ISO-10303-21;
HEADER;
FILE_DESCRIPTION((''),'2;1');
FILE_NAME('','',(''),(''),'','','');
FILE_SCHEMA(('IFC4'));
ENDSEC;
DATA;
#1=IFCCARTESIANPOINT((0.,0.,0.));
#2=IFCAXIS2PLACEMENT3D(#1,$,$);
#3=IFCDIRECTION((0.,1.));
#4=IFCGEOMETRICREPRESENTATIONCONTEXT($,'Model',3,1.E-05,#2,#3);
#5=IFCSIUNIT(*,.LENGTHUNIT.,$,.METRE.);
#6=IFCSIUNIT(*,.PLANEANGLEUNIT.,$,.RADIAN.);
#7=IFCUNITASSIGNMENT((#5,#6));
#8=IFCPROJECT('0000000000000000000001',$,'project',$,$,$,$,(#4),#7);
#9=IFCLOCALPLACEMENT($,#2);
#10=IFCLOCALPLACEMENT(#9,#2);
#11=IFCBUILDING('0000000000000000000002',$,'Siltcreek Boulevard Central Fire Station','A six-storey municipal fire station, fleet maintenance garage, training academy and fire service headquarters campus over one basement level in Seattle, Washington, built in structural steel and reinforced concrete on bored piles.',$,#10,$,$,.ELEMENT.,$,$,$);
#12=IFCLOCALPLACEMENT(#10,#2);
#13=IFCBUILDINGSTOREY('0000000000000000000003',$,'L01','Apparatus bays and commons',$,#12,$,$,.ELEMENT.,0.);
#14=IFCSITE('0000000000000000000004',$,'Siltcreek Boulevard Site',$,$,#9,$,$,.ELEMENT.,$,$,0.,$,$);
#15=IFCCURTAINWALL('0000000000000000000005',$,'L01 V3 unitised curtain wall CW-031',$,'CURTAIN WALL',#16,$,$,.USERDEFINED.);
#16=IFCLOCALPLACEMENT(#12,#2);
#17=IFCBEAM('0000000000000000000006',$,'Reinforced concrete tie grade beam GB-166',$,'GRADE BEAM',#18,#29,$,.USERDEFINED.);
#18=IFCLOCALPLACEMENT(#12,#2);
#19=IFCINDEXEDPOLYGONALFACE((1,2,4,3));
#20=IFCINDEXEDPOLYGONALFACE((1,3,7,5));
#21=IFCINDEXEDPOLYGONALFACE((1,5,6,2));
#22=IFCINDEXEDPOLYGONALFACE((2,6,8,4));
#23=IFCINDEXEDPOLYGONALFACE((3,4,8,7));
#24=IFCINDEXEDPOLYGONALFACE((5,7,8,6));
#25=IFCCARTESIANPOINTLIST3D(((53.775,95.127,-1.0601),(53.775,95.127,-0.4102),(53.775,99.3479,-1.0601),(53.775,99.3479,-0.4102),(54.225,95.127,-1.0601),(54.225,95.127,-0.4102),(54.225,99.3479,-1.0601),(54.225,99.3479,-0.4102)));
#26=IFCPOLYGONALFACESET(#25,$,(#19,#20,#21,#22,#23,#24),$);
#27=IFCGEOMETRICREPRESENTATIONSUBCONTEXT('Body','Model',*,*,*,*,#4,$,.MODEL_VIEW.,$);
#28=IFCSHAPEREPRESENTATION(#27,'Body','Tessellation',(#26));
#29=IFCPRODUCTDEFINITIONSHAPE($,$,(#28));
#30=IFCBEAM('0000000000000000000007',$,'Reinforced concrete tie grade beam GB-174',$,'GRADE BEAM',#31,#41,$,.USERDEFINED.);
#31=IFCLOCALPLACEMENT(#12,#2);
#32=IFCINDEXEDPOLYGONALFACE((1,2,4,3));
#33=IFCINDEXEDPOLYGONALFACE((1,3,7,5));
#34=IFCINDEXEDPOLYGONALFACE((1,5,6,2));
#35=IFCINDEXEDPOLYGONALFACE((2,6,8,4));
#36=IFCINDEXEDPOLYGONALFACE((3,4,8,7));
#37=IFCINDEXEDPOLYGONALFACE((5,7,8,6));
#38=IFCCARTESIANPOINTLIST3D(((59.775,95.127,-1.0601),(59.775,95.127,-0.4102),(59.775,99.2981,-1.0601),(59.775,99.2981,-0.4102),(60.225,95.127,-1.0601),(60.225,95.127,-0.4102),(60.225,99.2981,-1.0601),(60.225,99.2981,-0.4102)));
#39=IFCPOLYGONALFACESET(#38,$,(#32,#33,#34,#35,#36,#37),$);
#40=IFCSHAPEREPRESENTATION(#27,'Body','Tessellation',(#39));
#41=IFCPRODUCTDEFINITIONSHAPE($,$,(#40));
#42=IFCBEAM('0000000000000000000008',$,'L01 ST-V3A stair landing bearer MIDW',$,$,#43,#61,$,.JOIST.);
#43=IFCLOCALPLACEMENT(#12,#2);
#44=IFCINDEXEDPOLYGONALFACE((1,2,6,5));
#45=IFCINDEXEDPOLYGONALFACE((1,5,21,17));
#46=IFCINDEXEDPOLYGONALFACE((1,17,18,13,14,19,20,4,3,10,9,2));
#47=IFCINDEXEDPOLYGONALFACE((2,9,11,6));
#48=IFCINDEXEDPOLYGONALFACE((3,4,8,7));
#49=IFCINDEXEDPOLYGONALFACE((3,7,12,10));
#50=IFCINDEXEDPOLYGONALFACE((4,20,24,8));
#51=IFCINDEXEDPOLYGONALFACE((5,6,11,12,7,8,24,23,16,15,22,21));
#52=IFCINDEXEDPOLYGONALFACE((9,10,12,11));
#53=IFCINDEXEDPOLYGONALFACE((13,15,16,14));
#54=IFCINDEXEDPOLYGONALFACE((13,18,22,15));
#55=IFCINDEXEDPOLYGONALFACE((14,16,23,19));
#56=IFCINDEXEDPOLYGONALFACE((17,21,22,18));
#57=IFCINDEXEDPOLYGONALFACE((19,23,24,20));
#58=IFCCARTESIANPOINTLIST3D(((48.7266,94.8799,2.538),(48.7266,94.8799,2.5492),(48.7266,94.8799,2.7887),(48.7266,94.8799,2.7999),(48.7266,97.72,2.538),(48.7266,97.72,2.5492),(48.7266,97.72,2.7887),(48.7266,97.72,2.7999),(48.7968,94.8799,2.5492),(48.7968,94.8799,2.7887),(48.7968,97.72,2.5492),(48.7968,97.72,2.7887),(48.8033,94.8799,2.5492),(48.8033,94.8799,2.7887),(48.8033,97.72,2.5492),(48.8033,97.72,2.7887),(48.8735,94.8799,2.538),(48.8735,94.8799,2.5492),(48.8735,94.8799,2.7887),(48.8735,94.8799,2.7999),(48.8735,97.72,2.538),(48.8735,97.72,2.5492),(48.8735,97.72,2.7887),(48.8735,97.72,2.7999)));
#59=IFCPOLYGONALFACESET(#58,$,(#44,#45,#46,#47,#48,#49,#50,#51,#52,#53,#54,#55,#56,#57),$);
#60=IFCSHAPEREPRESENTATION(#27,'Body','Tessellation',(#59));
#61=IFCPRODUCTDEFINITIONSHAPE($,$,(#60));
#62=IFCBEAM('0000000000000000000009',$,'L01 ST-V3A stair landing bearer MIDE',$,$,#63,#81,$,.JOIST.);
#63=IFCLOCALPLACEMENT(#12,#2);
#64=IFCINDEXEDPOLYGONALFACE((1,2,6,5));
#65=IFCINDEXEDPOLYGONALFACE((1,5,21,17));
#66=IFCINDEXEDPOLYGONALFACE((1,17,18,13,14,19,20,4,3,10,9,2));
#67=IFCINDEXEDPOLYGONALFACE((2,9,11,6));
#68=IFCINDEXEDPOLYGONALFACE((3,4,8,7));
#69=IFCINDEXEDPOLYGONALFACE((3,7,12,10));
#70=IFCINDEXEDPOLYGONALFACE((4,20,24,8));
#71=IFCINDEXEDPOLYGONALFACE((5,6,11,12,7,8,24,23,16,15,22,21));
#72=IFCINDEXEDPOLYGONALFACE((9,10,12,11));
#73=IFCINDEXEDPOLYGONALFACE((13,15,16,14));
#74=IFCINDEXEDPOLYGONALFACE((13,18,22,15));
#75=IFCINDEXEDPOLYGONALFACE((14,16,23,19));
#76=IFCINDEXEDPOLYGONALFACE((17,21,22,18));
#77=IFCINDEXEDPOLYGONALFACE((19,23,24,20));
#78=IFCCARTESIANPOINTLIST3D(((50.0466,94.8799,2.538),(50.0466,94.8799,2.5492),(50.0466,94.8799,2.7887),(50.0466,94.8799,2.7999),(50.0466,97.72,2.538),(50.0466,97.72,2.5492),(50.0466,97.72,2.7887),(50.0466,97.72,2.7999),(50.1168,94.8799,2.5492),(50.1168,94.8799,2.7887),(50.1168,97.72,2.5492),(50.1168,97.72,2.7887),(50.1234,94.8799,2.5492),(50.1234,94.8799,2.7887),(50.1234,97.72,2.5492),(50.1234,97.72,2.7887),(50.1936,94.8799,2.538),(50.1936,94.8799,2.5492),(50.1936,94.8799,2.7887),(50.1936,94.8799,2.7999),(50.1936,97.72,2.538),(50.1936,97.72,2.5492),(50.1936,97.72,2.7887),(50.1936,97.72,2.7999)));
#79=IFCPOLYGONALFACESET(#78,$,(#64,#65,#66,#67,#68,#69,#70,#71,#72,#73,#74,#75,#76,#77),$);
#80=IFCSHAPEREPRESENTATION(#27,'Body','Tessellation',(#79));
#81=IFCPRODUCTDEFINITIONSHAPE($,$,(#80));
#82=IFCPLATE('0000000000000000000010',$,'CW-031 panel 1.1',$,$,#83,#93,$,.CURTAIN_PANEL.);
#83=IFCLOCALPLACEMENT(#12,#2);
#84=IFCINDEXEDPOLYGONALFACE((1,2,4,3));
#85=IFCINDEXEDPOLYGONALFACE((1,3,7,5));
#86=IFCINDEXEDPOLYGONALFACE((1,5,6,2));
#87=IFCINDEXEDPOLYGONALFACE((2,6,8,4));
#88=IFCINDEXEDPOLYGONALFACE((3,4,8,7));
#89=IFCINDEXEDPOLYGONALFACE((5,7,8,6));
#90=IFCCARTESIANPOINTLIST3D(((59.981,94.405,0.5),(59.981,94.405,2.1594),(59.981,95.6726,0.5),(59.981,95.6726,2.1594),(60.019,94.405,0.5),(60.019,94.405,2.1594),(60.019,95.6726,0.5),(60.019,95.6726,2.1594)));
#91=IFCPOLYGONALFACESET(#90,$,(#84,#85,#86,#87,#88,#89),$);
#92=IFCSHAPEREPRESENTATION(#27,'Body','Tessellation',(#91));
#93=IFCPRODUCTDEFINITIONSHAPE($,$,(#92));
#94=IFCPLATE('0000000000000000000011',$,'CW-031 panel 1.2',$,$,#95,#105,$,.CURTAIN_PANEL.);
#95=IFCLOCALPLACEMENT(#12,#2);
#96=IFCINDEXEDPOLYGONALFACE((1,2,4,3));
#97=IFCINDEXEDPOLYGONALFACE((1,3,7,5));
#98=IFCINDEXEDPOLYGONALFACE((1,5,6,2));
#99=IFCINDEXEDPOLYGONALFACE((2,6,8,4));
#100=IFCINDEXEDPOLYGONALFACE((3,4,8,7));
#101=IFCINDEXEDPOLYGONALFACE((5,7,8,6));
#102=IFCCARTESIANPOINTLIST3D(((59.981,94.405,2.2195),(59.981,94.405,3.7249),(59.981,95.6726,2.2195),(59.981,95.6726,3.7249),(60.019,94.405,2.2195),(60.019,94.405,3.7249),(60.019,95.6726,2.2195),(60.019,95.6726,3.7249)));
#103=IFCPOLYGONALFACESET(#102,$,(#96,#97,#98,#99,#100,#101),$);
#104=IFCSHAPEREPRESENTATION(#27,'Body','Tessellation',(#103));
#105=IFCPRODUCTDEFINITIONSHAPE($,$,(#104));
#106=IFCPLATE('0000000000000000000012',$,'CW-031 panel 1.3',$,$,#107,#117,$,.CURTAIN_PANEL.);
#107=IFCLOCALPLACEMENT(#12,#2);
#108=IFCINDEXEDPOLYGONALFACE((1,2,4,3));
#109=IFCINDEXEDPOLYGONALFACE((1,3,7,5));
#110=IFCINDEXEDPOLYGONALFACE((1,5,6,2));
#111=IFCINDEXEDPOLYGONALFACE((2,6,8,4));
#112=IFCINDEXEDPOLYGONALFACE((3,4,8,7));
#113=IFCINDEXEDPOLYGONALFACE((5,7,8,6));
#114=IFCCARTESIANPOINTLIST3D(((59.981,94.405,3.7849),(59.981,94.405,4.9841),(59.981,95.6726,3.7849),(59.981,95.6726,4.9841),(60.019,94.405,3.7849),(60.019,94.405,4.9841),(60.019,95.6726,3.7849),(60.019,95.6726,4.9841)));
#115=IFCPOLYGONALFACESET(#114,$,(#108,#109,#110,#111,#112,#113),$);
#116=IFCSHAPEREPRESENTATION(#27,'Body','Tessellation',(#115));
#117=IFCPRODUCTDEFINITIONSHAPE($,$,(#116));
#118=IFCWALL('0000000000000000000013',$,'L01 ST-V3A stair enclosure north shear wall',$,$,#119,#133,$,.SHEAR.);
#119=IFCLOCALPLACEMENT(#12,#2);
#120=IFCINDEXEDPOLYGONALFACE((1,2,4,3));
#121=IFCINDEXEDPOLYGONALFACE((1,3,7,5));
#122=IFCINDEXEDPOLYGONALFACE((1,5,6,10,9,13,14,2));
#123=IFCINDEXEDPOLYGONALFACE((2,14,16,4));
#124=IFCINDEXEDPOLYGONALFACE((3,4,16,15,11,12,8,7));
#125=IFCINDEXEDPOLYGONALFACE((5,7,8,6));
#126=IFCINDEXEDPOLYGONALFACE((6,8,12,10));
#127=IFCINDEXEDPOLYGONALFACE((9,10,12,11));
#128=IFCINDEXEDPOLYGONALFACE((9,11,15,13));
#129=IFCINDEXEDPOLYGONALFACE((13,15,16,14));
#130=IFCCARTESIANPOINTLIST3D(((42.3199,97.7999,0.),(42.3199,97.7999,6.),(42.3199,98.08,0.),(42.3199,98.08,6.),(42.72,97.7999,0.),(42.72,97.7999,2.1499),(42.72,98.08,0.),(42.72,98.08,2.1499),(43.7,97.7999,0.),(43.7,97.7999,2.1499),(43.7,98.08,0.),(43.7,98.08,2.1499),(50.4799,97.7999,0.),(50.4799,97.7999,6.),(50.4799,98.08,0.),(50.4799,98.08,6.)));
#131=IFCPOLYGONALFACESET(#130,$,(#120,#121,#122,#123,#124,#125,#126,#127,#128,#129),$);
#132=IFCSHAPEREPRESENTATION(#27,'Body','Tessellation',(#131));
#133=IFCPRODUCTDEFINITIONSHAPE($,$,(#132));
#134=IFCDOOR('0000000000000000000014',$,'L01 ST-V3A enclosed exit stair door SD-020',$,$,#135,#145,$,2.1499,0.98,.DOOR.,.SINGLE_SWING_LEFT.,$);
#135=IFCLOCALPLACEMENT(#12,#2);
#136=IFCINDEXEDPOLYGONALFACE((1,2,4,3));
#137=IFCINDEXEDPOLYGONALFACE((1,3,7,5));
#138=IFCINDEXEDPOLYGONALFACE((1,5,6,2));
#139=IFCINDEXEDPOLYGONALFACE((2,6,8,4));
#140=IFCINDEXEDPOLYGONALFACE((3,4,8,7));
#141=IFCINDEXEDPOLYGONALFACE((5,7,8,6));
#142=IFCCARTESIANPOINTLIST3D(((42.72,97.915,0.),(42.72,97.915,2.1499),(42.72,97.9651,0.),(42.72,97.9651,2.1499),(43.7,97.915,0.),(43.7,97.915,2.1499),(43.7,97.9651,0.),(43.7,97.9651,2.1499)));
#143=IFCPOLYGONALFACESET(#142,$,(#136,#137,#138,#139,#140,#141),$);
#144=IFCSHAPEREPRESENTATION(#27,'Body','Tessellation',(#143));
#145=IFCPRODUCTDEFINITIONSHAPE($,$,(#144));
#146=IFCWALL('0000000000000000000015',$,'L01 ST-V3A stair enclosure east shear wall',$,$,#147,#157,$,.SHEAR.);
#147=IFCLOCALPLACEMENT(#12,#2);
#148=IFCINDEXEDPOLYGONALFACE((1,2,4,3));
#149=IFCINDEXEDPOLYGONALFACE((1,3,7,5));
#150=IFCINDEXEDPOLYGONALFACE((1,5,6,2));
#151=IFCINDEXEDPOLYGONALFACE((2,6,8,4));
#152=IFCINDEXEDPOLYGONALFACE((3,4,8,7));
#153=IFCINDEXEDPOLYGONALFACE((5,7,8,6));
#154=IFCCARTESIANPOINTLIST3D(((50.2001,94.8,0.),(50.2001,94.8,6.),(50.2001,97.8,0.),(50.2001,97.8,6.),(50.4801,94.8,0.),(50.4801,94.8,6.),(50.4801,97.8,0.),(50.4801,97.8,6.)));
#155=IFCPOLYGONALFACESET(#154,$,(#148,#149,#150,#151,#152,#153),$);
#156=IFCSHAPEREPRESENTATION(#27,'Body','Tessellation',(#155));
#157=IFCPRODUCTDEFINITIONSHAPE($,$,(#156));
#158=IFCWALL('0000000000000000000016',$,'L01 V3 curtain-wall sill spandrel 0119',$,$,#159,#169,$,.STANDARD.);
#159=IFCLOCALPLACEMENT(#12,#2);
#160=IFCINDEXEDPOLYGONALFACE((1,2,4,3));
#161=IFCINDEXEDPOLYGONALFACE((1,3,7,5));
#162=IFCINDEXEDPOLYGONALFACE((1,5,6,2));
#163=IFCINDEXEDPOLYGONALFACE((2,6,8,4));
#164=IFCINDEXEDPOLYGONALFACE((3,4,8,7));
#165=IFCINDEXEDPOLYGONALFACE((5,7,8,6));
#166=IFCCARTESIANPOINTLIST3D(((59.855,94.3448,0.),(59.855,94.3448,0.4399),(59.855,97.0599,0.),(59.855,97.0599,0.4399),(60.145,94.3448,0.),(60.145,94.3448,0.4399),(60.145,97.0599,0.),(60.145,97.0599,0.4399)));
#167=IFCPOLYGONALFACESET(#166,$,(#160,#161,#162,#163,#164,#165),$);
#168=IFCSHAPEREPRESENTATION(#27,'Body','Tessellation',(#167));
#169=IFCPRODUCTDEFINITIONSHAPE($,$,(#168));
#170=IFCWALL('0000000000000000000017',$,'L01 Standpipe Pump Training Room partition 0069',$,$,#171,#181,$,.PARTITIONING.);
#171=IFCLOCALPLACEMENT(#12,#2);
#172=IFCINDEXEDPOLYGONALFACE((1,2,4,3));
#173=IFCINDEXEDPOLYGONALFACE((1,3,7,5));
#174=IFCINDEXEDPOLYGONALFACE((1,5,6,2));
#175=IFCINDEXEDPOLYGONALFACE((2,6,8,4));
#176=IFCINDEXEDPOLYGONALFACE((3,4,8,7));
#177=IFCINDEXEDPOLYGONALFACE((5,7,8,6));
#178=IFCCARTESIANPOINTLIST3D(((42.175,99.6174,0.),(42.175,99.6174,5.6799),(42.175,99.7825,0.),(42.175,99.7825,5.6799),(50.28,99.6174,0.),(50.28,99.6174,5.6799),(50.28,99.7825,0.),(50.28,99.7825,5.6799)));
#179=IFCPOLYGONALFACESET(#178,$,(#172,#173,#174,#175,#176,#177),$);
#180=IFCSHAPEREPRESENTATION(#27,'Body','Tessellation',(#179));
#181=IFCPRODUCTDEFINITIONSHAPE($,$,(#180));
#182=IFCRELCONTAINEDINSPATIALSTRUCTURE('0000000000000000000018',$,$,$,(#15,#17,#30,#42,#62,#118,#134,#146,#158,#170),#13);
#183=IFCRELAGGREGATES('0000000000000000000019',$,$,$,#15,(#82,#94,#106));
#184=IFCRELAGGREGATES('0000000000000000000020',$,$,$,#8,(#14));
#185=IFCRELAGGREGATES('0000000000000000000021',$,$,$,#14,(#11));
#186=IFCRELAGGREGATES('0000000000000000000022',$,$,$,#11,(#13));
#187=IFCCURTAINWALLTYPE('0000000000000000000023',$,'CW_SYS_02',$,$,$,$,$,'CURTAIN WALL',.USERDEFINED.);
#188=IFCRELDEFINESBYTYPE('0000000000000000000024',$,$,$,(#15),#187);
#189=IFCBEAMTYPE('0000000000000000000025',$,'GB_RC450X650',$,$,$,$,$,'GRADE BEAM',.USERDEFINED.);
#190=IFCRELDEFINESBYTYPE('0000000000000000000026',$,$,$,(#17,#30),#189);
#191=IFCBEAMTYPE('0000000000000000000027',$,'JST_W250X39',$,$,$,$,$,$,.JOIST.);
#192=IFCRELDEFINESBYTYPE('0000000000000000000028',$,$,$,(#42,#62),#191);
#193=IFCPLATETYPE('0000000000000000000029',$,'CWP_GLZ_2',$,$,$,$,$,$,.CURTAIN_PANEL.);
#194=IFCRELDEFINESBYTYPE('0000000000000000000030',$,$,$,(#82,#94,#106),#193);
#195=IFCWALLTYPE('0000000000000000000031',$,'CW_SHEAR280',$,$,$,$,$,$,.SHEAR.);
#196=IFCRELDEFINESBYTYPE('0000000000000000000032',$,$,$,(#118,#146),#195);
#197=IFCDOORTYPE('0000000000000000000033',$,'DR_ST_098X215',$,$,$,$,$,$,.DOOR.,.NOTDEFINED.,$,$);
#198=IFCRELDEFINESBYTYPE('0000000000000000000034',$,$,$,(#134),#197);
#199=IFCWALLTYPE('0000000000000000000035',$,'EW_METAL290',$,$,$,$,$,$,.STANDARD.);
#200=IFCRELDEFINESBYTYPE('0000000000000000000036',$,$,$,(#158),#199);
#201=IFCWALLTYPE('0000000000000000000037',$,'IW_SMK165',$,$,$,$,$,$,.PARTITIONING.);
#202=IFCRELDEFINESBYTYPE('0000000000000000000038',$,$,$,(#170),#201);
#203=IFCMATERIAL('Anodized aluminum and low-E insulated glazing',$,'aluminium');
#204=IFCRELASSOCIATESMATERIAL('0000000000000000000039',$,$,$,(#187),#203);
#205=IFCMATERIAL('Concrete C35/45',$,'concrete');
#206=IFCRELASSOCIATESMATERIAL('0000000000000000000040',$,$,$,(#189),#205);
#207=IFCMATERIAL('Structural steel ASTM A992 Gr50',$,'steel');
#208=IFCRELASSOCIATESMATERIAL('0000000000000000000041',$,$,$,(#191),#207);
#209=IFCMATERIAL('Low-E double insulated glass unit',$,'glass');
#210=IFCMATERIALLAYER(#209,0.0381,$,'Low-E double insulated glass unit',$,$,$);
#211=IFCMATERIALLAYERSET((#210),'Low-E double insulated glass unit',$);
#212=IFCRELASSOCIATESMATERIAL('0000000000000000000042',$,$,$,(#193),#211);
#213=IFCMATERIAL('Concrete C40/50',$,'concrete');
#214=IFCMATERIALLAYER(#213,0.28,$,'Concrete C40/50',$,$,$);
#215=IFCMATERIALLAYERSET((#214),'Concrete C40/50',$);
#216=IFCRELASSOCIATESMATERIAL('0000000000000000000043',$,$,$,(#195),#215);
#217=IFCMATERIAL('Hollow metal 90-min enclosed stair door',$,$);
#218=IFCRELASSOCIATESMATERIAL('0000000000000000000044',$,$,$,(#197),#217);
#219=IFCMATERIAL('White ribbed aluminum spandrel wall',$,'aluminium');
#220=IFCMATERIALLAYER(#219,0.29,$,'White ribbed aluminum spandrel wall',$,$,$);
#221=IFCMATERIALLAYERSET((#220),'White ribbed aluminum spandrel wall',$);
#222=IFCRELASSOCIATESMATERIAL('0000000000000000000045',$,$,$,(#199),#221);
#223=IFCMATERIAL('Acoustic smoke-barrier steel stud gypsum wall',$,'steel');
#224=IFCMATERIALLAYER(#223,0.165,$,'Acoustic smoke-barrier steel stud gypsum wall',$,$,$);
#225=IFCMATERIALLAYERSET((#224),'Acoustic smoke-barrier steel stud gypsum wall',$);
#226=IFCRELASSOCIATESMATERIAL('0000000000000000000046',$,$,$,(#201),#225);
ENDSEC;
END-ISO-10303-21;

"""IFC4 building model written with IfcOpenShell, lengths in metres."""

from ifc_helpers import new_model, si_unit, direction, frame, frame_2d, origin, origin_2d, place, context, subcontext, project, spatial, rectangle, i_section, extrude, material, layer, layer_set, material_profile, profile_set, type_object, element, fill, aggregate, save


model = new_model("IFC4")

# Units and contexts
model_context = context("Model", 3, precision=1e-05, world=origin(), true_north=direction((0.0, 1.0)))
body_context = subcontext(model_context, "Body", "Model", "MODEL_VIEW")
ifc_project = project(units=[si_unit("LENGTHUNIT", "METRE"), si_unit("PLANEANGLEUNIT", "RADIAN")], contexts=[model_context])

# Site, building, storey
site_placement = place(None, origin())
site = spatial("IfcSite", under=ifc_project, at=site_placement, Name="Siltcreek Boulevard Site", CompositionType="ELEMENT", RefElevation=0.0)
building_placement = place(site_placement, origin())
building = spatial("IfcBuilding", under=site, at=building_placement, Name="Siltcreek Boulevard Central Fire Station", Description="A six-storey municipal fire station, fleet maintenance garage, training academy and fire service headquarters campus over one basement level in Seattle, Washington, built in structural steel and reinforced concrete on bored piles.", CompositionType="ELEMENT")
storey_placement = place(building_placement, origin())
storey = spatial("IfcBuildingStorey", under=building, at=storey_placement, Name="L01", Description="Apparatus bays and commons", CompositionType="ELEMENT", Elevation=0.0)

# Shared definitions
ifc_material_1 = material(Name="Concrete C35/45", Category="concrete")

# Curtain wall
ifc_material_2 = material(Name="Anodized aluminum and low-E insulated glazing", Category="aluminium")
curtain_wall_type = type_object("IfcCurtainWallType", Name="CW_SYS_02", ElementType="CURTAIN WALL", PredefinedType="USERDEFINED", material=ifc_material_2)
curtain_wall_placement = place(storey_placement, origin())
curtain_wall = element("IfcCurtainWall", 1, at=curtain_wall_placement, inside=storey, type_object=curtain_wall_type, Name="L01 V3 unitised curtain wall CW-031", ObjectType="CURTAIN WALL", PredefinedType="USERDEFINED")

# Beams
ifc_material_profile_1 = material_profile(ifc_material_1, rectangle(XDim=0.45, YDim=0.6499, at=origin_2d()), Name="RC450X650")
ifc_profile_set_1 = profile_set([ifc_material_profile_1], Name="Concrete C35/45")
beam_type_1 = type_object("IfcBeamType", Name="GB_RC450X650", ElementType="GRADE BEAM", PredefinedType="USERDEFINED", material=ifc_profile_set_1)
beam_1_placement = place(storey_placement, frame((54.0, 95.127, -0.7351), z_axis=(0.0, 1.0, 0.0), x_axis=(-1.0, 0.0, 0.0)))
element("IfcBeam", 2, at=beam_1_placement, inside=storey, type_object=beam_type_1, Name="Reinforced concrete tie grade beam GB-166", ObjectType="GRADE BEAM", PredefinedType="USERDEFINED", context=body_context, shape_type="SweptSolid", body=[
    extrude(rectangle(XDim=0.45, YDim=0.6499, at=origin_2d()), origin(), (0.0, 0.0, 1.0), 4.2209),
])
beam_2_placement = place(storey_placement, frame((60.0, 95.127, -0.7351), z_axis=(0.0, 1.0, 0.0), x_axis=(-1.0, 0.0, 0.0)))
element("IfcBeam", 3, at=beam_2_placement, inside=storey, type_object=beam_type_1, Name="Reinforced concrete tie grade beam GB-174", ObjectType="GRADE BEAM", PredefinedType="USERDEFINED", context=body_context, shape_type="SweptSolid", body=[
    extrude(rectangle(XDim=0.45, YDim=0.6499, at=origin_2d()), origin(), (0.0, 0.0, 1.0), 4.1711),
])
ifc_material_3 = material(Name="Structural steel ASTM A992 Gr50", Category="steel")
ifc_material_profile_2 = material_profile(ifc_material_3, i_section(OverallWidth=0.147, OverallDepth=0.262, WebThickness=0.0066, FlangeThickness=0.0112, at=origin_2d()), Name="W250X39")
ifc_profile_set_2 = profile_set([ifc_material_profile_2], Name="Structural steel ASTM A992 Gr50")
beam_type_2 = type_object("IfcBeamType", Name="JST_W250X39", PredefinedType="JOIST", material=ifc_profile_set_2)
for number, where, z_axis, x_axis, name in (
    (4, (48.8, 94.8799, 2.6689), (0.0, 1.0, 0.0), (-1.0, 0.0, 0.0), "L01 ST-V3A stair landing bearer MIDW"),
    (5, (50.1201, 94.8799, 2.6689), (0.0, 1.0, 0.0), (-1.0, 0.0, 0.0), "L01 ST-V3A stair landing bearer MIDE"),
):
    element("IfcBeam", number, at=place(storey_placement, frame(where, z_axis=z_axis, x_axis=x_axis)), inside=storey, type_object=beam_type_2, Name=name, PredefinedType="JOIST", context=body_context, shape_type="SweptSolid", body=[
        extrude(i_section(OverallWidth=0.147, OverallDepth=0.262, WebThickness=0.0066, FlangeThickness=0.0112, at=origin_2d()), origin(), (0.0, 0.0, 1.0), 2.8401),
    ])

# Plates
ifc_material_4 = material(Name="Low-E double insulated glass unit", Category="glass")
ifc_layer_1 = layer(ifc_material_4, 0.0381, Name="Low-E double insulated glass unit")
ifc_layer_set_1 = layer_set([ifc_layer_1], Name="Low-E double insulated glass unit")
plate_type = type_object("IfcPlateType", Name="CWP_GLZ_2", PredefinedType="CURTAIN_PANEL", material=ifc_layer_set_1)
plate_1_placement = place(storey_placement, frame((60.0, 95.0388, 0.5), z_axis=(0.0, 0.0, 1.0), x_axis=(0.0, 1.0, 0.0)))
plate_1 = element("IfcPlate", 6, at=plate_1_placement, type_object=plate_type, Name="CW-031 panel 1.1", PredefinedType="CURTAIN_PANEL", context=body_context, shape_type="SweptSolid", body=[
    extrude(rectangle(XDim=1.2676, YDim=0.0381, at=origin_2d()), origin(), (0.0, 0.0, 1.0), 1.6594),
])
plate_2_placement = place(storey_placement, frame((60.0, 95.0388, 2.2195), z_axis=(0.0, 0.0, 1.0), x_axis=(0.0, 1.0, 0.0)))
plate_2 = element("IfcPlate", 7, at=plate_2_placement, type_object=plate_type, Name="CW-031 panel 1.2", PredefinedType="CURTAIN_PANEL", context=body_context, shape_type="SweptSolid", body=[
    extrude(rectangle(XDim=1.2676, YDim=0.0381, at=origin_2d()), origin(), (0.0, 0.0, 1.0), 1.5054),
])
plate_3_placement = place(storey_placement, frame((60.0, 95.0388, 3.7849), z_axis=(0.0, 0.0, 1.0), x_axis=(0.0, 1.0, 0.0)))
plate_3 = element("IfcPlate", 8, at=plate_3_placement, type_object=plate_type, Name="CW-031 panel 1.3", PredefinedType="CURTAIN_PANEL", context=body_context, shape_type="SweptSolid", body=[
    extrude(rectangle(XDim=1.2676, YDim=0.0381, at=origin_2d()), origin(), (0.0, 0.0, 1.0), 1.1992),
])
aggregate(curtain_wall, [plate_1, plate_2, plate_3])

# Wall, opening, door
ifc_material_5 = material(Name="Concrete C40/50", Category="concrete")
ifc_layer_2 = layer(ifc_material_5, 0.28, Name="Concrete C40/50")
ifc_layer_set_2 = layer_set([ifc_layer_2], Name="Concrete C40/50")
wall_type_1 = type_object("IfcWallType", Name="CW_SHEAR280", PredefinedType="SHEAR", material=ifc_layer_set_2)
wall_1_placement = place(storey_placement, frame((50.48, 97.9399, 0.0), z_axis=(0.0, 0.0, 1.0), x_axis=(-1.0, 0.0, 0.0)))
wall_1 = element("IfcWall", 9, at=wall_1_placement, inside=storey, type_object=wall_type_1, Name="L01 ST-V3A stair enclosure north shear wall", PredefinedType="SHEAR", context=body_context, shape_type="SweptSolid", body=[
    extrude(rectangle(XDim=8.1599, YDim=0.28, at=frame_2d((4.0801, 0.0))), origin(), (0.0, 0.0, 1.0), 6.0),
])
opening_1_placement = place(wall_1_placement, frame((6.78, 0.0, 0.0)))
opening_1 = element("IfcOpeningElement", 10, at=opening_1_placement, cuts=wall_1, PredefinedType="OPENING", context=body_context, shape_type="SweptSolid", body=[
    extrude(rectangle(XDim=0.98, YDim=2.1499, at=frame_2d((0.49, 1.075))), frame((0.0, 0.1499, 0.0), z_axis=(0.0, -1.0, 0.0), x_axis=(1.0, 0.0, 0.0)), (0.0, 0.0, 1.0), 0.3),
])
ifc_material_6 = material(Name="Hollow metal 90-min enclosed stair door")
door_type_1 = type_object("IfcDoorType", Name="DR_ST_098X215", OperationType="NOTDEFINED", PredefinedType="DOOR", material=ifc_material_6)
door_1_placement = place(opening_1_placement, origin())
door_1 = element("IfcDoor", 11, at=door_1_placement, inside=storey, type_object=door_type_1, Name="L01 ST-V3A enclosed exit stair door SD-020", OperationType="SINGLE_SWING_LEFT", OverallHeight=2.1499, OverallWidth=0.98, PredefinedType="DOOR", context=body_context, shape_type="SweptSolid", body=[
    extrude(rectangle(XDim=0.98, YDim=2.1499, at=frame_2d((0.49, 1.075))), frame((0.0, 0.0249, 0.0), z_axis=(0.0, -1.0, 0.0), x_axis=(1.0, 0.0, 0.0)), (0.0, 0.0, 1.0), 0.05),
])
fill(opening_1, door_1)

# Walls
wall_2_placement = place(storey_placement, frame((50.3401, 94.8, 0.0), z_axis=(0.0, 0.0, 1.0), x_axis=(0.0, 1.0, 0.0)))
element("IfcWall", 12, at=wall_2_placement, inside=storey, type_object=wall_type_1, Name="L01 ST-V3A stair enclosure east shear wall", PredefinedType="SHEAR", context=body_context, shape_type="SweptSolid", body=[
    extrude(rectangle(XDim=3.0, YDim=0.28, at=frame_2d((1.5, 0.0))), origin(), (0.0, 0.0, 1.0), 6.0),
])
ifc_material_7 = material(Name="White ribbed aluminum spandrel wall", Category="aluminium")
ifc_layer_3 = layer(ifc_material_7, 0.29, Name="White ribbed aluminum spandrel wall")
ifc_layer_set_3 = layer_set([ifc_layer_3], Name="White ribbed aluminum spandrel wall")
wall_type_2 = type_object("IfcWallType", Name="EW_METAL290", PredefinedType="STANDARD", material=ifc_layer_set_3)
wall_3_placement = place(storey_placement, frame((60.0, 94.345, 0.0), z_axis=(0.0, 0.0, 1.0), x_axis=(0.0, 1.0, 0.0)))
element("IfcWall", 13, at=wall_3_placement, inside=storey, type_object=wall_type_2, Name="L01 V3 curtain-wall sill spandrel 0119", PredefinedType="STANDARD", context=body_context, shape_type="SweptSolid", body=[
    extrude(rectangle(XDim=2.7151, YDim=0.29, at=frame_2d((1.3574, 0.0))), origin(), (0.0, 0.0, 1.0), 0.4399),
])
ifc_material_8 = material(Name="Acoustic smoke-barrier steel stud gypsum wall", Category="steel")
ifc_layer_4 = layer(ifc_material_8, 0.165, Name="Acoustic smoke-barrier steel stud gypsum wall")
ifc_layer_set_4 = layer_set([ifc_layer_4], Name="Acoustic smoke-barrier steel stud gypsum wall")
wall_type_3 = type_object("IfcWallType", Name="IW_SMK165", PredefinedType="PARTITIONING", material=ifc_layer_set_4)
wall_4_placement = place(storey_placement, frame((50.28, 99.7, 0.0), z_axis=(0.0, 0.0, 1.0), x_axis=(-1.0, 0.0, 0.0)))
element("IfcWall", 14, at=wall_4_placement, inside=storey, type_object=wall_type_3, Name="L01 Standpipe Pump Training Room partition 0069", PredefinedType="PARTITIONING", context=body_context, shape_type="SweptSolid", body=[
    extrude(rectangle(XDim=8.105, YDim=0.165, at=frame_2d((4.0525, 0.0))), origin(), (0.0, 0.0, 1.0), 5.6799),
])

save(model, "model.ifc")
